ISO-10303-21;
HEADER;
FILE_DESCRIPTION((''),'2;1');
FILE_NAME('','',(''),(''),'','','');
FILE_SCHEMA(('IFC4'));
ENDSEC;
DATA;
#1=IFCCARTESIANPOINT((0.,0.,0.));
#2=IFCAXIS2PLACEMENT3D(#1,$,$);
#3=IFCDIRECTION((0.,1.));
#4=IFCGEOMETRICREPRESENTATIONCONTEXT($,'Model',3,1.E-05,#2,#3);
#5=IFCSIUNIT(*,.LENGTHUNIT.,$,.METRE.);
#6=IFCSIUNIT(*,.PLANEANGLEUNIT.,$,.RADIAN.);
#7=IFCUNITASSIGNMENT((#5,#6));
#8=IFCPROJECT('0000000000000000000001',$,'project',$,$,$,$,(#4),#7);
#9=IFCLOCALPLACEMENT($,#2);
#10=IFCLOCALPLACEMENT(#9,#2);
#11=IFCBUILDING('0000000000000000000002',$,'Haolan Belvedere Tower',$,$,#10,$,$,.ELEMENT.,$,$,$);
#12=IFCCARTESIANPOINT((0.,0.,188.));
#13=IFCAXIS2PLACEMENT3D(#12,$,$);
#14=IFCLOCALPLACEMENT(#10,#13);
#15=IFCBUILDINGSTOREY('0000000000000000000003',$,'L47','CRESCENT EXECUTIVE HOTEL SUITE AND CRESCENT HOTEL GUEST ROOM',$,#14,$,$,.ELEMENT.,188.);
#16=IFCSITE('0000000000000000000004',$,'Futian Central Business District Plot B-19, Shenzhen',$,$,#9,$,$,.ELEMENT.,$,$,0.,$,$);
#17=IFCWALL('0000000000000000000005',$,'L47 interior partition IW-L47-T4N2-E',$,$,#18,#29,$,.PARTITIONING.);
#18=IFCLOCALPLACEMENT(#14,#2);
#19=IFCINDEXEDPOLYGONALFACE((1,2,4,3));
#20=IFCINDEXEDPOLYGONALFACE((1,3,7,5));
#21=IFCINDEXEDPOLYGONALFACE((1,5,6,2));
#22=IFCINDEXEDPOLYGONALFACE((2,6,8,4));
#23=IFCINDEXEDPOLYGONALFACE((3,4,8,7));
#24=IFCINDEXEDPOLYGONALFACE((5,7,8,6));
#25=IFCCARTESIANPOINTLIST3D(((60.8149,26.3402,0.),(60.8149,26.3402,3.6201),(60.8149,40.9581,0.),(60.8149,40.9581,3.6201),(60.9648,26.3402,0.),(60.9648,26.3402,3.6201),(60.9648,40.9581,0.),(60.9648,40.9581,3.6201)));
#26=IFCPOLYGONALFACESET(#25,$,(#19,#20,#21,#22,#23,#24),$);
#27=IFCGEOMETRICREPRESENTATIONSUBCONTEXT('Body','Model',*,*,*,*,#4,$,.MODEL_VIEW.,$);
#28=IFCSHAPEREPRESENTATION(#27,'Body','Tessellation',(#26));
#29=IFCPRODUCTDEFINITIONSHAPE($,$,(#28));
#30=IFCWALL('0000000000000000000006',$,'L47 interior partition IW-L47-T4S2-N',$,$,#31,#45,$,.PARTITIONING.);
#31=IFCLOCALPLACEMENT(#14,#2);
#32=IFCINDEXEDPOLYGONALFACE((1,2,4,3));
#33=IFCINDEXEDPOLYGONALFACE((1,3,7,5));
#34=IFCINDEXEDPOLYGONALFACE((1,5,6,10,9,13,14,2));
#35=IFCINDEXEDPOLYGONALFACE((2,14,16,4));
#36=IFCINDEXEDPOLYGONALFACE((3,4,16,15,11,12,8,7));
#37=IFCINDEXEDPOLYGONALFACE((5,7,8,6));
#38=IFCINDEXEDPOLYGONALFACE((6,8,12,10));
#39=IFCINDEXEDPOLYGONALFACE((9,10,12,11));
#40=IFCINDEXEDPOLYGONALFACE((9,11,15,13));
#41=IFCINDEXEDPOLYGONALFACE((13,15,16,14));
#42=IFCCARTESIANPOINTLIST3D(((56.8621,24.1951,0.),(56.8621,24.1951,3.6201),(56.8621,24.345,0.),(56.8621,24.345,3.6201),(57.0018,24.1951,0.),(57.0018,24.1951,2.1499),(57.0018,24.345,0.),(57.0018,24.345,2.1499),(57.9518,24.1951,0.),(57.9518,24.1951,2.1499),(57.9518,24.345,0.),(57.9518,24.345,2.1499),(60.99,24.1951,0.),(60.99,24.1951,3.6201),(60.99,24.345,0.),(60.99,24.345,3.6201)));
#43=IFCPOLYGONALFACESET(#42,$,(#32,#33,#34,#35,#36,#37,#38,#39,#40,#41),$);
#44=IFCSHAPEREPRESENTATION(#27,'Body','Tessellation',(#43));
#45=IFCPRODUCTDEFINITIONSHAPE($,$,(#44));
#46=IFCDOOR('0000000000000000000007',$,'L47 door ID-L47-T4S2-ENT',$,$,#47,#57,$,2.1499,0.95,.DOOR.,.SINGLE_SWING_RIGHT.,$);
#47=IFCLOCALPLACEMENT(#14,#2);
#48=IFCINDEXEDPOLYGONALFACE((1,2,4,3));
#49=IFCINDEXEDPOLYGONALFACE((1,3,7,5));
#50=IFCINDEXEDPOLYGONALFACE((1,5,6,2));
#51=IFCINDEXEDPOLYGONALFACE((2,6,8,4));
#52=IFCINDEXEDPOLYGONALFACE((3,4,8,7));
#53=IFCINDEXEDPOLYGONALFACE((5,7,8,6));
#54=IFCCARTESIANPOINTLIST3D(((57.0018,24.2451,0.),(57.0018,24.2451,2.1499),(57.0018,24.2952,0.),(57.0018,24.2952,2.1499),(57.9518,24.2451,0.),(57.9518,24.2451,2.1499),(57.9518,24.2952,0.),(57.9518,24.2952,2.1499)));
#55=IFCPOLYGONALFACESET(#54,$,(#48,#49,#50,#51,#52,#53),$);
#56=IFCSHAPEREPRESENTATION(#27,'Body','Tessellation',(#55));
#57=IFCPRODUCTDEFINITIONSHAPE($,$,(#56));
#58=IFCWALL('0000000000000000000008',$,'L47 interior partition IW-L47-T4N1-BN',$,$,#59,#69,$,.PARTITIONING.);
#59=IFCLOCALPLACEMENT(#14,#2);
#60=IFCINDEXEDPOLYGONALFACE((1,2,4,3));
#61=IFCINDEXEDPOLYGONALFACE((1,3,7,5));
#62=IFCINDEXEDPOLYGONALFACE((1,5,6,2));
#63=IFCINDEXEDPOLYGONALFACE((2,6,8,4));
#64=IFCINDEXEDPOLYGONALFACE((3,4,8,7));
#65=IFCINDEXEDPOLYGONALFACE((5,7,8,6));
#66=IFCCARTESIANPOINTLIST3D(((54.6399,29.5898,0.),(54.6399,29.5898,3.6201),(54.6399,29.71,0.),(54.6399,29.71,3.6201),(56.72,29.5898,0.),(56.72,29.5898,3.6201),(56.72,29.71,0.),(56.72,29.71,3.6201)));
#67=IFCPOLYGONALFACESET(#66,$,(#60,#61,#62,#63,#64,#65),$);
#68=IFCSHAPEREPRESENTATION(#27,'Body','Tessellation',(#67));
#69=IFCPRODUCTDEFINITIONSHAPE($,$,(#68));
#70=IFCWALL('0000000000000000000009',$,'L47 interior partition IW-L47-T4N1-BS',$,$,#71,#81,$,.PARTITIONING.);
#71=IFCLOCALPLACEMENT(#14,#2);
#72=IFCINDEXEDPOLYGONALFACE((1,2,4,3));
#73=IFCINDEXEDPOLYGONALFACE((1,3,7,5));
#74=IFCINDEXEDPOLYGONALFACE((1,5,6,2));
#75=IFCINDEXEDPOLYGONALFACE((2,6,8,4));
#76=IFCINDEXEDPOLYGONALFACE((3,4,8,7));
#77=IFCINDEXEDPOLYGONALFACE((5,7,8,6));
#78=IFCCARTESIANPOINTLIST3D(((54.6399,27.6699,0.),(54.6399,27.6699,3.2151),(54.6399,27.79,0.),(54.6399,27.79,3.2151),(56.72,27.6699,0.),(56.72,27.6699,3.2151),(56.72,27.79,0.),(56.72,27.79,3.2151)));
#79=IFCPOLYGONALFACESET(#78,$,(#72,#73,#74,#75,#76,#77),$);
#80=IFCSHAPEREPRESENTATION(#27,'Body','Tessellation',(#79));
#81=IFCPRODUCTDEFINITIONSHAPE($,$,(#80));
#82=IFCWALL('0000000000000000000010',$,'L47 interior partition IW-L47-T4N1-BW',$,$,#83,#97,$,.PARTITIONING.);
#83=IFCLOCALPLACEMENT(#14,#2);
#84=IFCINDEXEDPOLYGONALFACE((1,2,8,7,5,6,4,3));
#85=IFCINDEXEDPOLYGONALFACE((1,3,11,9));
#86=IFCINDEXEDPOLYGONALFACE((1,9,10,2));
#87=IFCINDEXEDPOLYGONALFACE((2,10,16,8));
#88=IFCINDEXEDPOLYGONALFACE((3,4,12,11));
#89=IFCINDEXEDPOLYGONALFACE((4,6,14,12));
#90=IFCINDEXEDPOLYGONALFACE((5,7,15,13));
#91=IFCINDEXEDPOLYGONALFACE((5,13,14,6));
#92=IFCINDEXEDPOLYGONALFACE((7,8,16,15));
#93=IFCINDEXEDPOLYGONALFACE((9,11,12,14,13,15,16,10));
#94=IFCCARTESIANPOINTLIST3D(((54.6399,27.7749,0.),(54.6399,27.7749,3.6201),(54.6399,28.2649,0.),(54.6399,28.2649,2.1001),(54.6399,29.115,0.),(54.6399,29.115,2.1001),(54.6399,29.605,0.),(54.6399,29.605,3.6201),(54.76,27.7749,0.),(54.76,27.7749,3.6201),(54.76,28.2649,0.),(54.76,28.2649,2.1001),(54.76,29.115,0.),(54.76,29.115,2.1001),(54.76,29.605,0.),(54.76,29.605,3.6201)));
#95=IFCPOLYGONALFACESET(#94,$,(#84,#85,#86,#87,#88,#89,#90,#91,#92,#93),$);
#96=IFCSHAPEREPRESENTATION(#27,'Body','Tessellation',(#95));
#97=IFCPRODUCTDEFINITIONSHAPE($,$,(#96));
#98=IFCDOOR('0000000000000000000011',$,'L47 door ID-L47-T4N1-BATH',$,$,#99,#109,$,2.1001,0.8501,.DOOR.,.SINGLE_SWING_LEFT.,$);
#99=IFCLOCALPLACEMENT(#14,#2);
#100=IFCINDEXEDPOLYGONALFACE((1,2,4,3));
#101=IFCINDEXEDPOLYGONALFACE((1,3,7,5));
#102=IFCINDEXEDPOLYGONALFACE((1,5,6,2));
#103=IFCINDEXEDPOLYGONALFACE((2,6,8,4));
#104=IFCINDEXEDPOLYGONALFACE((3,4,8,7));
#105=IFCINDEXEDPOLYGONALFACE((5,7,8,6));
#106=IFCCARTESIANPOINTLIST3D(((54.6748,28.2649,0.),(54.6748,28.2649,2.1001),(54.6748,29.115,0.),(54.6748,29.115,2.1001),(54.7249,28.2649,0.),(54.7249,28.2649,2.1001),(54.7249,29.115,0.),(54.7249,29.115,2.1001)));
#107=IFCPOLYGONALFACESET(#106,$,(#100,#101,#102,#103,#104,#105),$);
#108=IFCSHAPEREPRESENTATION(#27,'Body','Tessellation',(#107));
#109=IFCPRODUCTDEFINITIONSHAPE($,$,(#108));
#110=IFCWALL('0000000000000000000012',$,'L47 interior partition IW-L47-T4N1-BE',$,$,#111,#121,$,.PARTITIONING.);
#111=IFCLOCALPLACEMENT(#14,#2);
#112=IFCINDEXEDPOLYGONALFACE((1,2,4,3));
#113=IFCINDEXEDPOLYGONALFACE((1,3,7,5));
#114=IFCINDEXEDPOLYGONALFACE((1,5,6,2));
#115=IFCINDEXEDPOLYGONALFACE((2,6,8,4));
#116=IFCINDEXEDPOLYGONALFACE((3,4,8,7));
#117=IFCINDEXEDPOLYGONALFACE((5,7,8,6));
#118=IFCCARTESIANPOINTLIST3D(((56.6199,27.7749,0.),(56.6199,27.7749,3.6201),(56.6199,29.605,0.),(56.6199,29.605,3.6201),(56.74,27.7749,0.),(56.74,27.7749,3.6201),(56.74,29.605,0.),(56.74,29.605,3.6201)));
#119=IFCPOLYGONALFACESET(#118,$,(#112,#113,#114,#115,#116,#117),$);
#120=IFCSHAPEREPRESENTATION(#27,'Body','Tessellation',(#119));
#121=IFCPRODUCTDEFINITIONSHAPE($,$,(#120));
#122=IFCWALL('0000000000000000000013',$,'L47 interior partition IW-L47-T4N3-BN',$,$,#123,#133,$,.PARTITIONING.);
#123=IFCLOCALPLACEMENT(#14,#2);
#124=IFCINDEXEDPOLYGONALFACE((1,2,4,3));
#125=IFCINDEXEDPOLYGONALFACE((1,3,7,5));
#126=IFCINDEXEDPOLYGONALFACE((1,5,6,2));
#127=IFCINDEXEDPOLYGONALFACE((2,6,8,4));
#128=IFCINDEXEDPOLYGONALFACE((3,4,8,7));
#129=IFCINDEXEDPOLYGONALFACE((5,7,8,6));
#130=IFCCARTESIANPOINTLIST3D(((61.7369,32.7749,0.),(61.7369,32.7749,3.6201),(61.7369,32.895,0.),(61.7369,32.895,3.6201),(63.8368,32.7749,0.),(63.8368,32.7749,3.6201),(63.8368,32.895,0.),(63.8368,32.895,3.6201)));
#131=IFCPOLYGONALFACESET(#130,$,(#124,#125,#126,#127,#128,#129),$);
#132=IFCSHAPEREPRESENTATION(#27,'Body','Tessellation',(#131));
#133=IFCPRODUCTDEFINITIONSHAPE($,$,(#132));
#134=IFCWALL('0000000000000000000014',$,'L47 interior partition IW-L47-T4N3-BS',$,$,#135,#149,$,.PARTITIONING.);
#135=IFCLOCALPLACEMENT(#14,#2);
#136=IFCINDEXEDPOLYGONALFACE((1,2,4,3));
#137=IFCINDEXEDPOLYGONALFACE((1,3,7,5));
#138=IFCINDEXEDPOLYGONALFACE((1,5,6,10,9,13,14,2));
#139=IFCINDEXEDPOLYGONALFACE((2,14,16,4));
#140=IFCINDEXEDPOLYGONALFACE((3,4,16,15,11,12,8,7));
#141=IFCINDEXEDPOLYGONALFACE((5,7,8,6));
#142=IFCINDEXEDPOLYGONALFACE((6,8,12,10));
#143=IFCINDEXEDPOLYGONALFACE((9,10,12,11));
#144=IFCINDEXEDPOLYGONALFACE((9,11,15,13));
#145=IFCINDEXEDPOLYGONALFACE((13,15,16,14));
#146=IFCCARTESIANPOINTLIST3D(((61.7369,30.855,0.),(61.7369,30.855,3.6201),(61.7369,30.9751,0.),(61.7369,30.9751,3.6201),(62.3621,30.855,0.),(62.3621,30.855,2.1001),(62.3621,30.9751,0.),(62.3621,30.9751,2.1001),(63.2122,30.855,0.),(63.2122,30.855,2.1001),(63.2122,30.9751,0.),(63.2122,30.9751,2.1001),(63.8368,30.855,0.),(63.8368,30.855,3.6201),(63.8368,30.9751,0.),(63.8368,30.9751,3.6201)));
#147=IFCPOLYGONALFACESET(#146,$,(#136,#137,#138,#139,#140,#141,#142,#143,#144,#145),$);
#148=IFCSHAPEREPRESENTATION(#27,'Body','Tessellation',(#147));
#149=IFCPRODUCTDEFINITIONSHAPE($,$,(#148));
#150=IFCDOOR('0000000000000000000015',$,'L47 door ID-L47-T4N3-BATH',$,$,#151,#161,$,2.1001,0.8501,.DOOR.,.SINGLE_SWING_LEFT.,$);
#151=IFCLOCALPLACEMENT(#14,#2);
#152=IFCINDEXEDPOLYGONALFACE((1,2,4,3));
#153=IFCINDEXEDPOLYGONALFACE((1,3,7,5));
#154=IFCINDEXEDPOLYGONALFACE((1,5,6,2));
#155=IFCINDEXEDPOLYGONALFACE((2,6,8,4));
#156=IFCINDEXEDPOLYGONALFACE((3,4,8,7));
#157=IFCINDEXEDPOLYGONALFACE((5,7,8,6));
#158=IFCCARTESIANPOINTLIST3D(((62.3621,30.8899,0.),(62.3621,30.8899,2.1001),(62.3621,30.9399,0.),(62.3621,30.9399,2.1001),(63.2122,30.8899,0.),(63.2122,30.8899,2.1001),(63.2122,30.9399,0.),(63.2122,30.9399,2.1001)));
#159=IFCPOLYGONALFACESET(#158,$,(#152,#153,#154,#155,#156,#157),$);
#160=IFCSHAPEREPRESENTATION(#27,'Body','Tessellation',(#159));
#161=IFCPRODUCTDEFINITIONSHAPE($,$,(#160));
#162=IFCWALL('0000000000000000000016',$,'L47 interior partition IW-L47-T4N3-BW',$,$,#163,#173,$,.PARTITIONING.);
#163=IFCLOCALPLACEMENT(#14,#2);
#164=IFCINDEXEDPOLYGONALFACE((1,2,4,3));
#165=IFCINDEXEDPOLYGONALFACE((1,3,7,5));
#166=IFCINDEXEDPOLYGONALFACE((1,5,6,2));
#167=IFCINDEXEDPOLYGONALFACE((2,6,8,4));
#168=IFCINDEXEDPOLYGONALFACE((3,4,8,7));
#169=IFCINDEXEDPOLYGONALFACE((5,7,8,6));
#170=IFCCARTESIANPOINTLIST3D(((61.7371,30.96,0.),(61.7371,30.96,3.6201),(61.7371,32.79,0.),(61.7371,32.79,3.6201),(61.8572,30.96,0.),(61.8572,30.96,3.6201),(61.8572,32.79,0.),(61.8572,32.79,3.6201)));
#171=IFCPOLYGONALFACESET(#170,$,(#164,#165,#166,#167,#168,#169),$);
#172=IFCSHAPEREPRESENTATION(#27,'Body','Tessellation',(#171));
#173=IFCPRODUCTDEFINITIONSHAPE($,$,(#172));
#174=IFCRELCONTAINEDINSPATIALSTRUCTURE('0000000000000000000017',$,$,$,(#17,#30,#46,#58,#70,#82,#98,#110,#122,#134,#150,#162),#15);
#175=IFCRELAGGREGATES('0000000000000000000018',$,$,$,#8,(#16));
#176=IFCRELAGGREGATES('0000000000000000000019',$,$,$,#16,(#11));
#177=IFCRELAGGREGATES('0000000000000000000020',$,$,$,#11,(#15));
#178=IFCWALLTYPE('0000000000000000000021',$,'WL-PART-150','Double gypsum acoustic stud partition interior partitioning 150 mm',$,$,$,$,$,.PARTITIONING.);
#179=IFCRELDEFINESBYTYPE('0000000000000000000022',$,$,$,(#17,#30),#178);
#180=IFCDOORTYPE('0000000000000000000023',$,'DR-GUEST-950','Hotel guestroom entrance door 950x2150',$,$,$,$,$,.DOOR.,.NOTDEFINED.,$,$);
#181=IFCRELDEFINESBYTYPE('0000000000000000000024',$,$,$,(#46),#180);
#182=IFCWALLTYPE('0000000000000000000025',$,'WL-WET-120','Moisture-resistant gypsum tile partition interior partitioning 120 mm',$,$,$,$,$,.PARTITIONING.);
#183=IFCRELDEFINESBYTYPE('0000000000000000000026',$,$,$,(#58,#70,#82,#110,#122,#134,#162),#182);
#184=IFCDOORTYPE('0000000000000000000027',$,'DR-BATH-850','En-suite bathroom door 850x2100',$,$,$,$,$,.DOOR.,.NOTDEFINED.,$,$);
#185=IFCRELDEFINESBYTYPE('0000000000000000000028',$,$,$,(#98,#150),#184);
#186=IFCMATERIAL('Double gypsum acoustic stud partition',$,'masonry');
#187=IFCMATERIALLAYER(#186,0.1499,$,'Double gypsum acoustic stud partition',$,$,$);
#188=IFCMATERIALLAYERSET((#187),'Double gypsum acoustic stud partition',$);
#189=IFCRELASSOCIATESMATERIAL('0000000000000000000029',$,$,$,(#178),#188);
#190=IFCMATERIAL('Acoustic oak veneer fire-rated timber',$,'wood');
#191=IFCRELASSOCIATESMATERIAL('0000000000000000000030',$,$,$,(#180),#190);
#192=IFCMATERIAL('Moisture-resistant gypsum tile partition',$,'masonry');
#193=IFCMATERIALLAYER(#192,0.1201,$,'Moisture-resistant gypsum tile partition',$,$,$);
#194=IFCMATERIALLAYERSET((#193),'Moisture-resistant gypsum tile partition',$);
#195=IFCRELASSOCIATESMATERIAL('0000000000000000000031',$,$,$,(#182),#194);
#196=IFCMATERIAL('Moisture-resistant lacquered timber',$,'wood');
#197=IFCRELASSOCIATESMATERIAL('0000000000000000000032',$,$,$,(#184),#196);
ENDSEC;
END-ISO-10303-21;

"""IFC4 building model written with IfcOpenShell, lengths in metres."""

from ifc_helpers import new_model, si_unit, direction, frame, frame_2d, origin, place, context, subcontext, project, spatial, rectangle, extrude, material, layer, layer_set, type_object, element, fill, save


model = new_model("IFC4")

# Units and contexts
model_context = context("Model", 3, precision=1e-05, world=origin(), true_north=direction((0.0, 1.0)))
body_context = subcontext(model_context, "Body", "Model", "MODEL_VIEW")
ifc_project = project(units=[si_unit("LENGTHUNIT", "METRE"), si_unit("PLANEANGLEUNIT", "RADIAN")], contexts=[model_context])

# Site, building, storey
site_placement = place(None, origin())
site = spatial("IfcSite", under=ifc_project, at=site_placement, Name="Futian Central Business District Plot B-19, Shenzhen", CompositionType="ELEMENT", RefElevation=0.0)
building_placement = place(site_placement, origin())
building = spatial("IfcBuilding", under=site, at=building_placement, Name="Haolan Belvedere Tower", CompositionType="ELEMENT")
storey_placement = place(building_placement, frame((0.0, 0.0, 188.0)))
storey = spatial("IfcBuildingStorey", under=building, at=storey_placement, Name="L47", Description="CRESCENT EXECUTIVE HOTEL SUITE AND CRESCENT HOTEL GUEST ROOM", CompositionType="ELEMENT", Elevation=188.0)

# Shared definitions
ifc_material_1 = material(Name="Double gypsum acoustic stud partition", Category="masonry")
ifc_layer_1 = layer(ifc_material_1, 0.1499, Name="Double gypsum acoustic stud partition")
ifc_layer_set_1 = layer_set([ifc_layer_1], Name="Double gypsum acoustic stud partition")
wall_type_1 = type_object("IfcWallType", Name="WL-PART-150", Description="Double gypsum acoustic stud partition interior partitioning 150 mm", PredefinedType="PARTITIONING", material=ifc_layer_set_1)

# Wall
wall_1_placement = place(storey_placement, frame((60.8899, 26.3401, 0.0), z_axis=(0.0, 0.0, 1.0), x_axis=(0.0, 1.0, 0.0)))
element("IfcWall", 1, at=wall_1_placement, inside=storey, type_object=wall_type_1, Name="L47 interior partition IW-L47-T4N2-E", PredefinedType="PARTITIONING", context=body_context, shape_type="SweptSolid", body=[
    extrude(rectangle(XDim=14.6179, YDim=0.1499, at=frame_2d((7.3091, 0.0))), origin(), (0.0, 0.0, 1.0), 3.6201),
])

# Wall, opening, door
ifc_material_2 = material(Name="Acoustic oak veneer fire-rated timber", Category="wood")
door_type_1 = type_object("IfcDoorType", Name="DR-GUEST-950", Description="Hotel guestroom entrance door 950x2150", OperationType="NOTDEFINED", PredefinedType="DOOR", material=ifc_material_2)
wall_2_placement = place(storey_placement, frame((56.8621, 24.27, 0.0), z_axis=(0.0, 0.0, 1.0), x_axis=(1.0, 0.0, 0.0)))
wall_2 = element("IfcWall", 2, at=wall_2_placement, inside=storey, type_object=wall_type_1, Name="L47 interior partition IW-L47-T4S2-N", PredefinedType="PARTITIONING", context=body_context, shape_type="SweptSolid", body=[
    extrude(rectangle(XDim=4.1279, YDim=0.1499, at=frame_2d((2.064, 0.0))), origin(), (0.0, 0.0, 1.0), 3.6201),
])
opening_1_placement = place(wall_2_placement, frame((1.0898, 0.0, 0.0), z_axis=(0.0, 0.0, 1.0), x_axis=(-1.0, 0.0, 0.0)))
opening_1 = element("IfcOpeningElement", 3, at=opening_1_placement, cuts=wall_2, PredefinedType="OPENING", context=body_context, shape_type="SweptSolid", body=[
    extrude(rectangle(XDim=0.95, YDim=2.1499, at=frame_2d((0.4751, 1.075))), frame((0.0, 0.085, 0.0), z_axis=(0.0, -1.0, 0.0), x_axis=(1.0, 0.0, 0.0)), (0.0, 0.0, 1.0), 0.1699),
])
door_1_placement = place(opening_1_placement, origin())
door_1 = element("IfcDoor", 4, at=door_1_placement, inside=storey, type_object=door_type_1, Name="L47 door ID-L47-T4S2-ENT", OperationType="SINGLE_SWING_RIGHT", OverallHeight=2.1499, OverallWidth=0.95, PredefinedType="DOOR", context=body_context, shape_type="SweptSolid", body=[
    extrude(rectangle(XDim=0.95, YDim=2.1499, at=frame_2d((0.4751, 1.075))), frame((0.0, 0.0249, 0.0), z_axis=(0.0, -1.0, 0.0), x_axis=(1.0, 0.0, 0.0)), (0.0, 0.0, 1.0), 0.05),
])
fill(opening_1, door_1)

# Walls
ifc_material_3 = material(Name="Moisture-resistant gypsum tile partition", Category="masonry")
ifc_layer_2 = layer(ifc_material_3, 0.1201, Name="Moisture-resistant gypsum tile partition")
ifc_layer_set_2 = layer_set([ifc_layer_2], Name="Moisture-resistant gypsum tile partition")
wall_type_2 = type_object("IfcWallType", Name="WL-WET-120", Description="Moisture-resistant gypsum tile partition interior partitioning 120 mm", PredefinedType="PARTITIONING", material=ifc_layer_set_2)
wall_3_placement = place(storey_placement, frame((54.6399, 29.6499, 0.0), z_axis=(0.0, 0.0, 1.0), x_axis=(1.0, 0.0, 0.0)))
element("IfcWall", 5, at=wall_3_placement, inside=storey, type_object=wall_type_2, Name="L47 interior partition IW-L47-T4N1-BN", PredefinedType="PARTITIONING", context=body_context, shape_type="SweptSolid", body=[
    extrude(rectangle(XDim=2.0801, YDim=0.1201, at=frame_2d((1.04, 0.0))), origin(), (0.0, 0.0, 1.0), 3.6201),
])
wall_4_placement = place(storey_placement, frame((54.6399, 27.73, 0.0), z_axis=(0.0, 0.0, 1.0), x_axis=(1.0, 0.0, 0.0)))
element("IfcWall", 6, at=wall_4_placement, inside=storey, type_object=wall_type_2, Name="L47 interior partition IW-L47-T4N1-BS", PredefinedType="PARTITIONING", context=body_context, shape_type="SweptSolid", body=[
    extrude(rectangle(XDim=2.0801, YDim=0.1201, at=frame_2d((1.04, 0.0))), origin(), (0.0, 0.0, 1.0), 3.2151),
])

# Wall, opening, door
wall_5_placement = place(storey_placement, frame((54.7, 27.7749, 0.0), z_axis=(0.0, 0.0, 1.0), x_axis=(0.0, 1.0, 0.0)))
wall_5 = element("IfcWall", 7, at=wall_5_placement, inside=storey, type_object=wall_type_2, Name="L47 interior partition IW-L47-T4N1-BW", PredefinedType="PARTITIONING", context=body_context, shape_type="SweptSolid", body=[
    extrude(rectangle(XDim=1.8301, YDim=0.1201, at=frame_2d((0.915, 0.0))), origin(), (0.0, 0.0, 1.0), 3.6201),
])
opening_2_placement = place(wall_5_placement, frame((1.3401, 0.0, 0.0), z_axis=(0.0, 0.0, 1.0), x_axis=(-1.0, 0.0, 0.0)))
opening_2 = element("IfcOpeningElement", 8, at=opening_2_placement, cuts=wall_5, PredefinedType="OPENING", context=body_context, shape_type="SweptSolid", body=[
    extrude(rectangle(XDim=0.8501, YDim=2.1001, at=frame_2d((0.425, 1.05))), frame((0.0, 0.0701, 0.0), z_axis=(0.0, -1.0, 0.0), x_axis=(1.0, 0.0, 0.0)), (0.0, 0.0, 1.0), 0.1401),
])
ifc_material_4 = material(Name="Moisture-resistant lacquered timber", Category="wood")
door_type_2 = type_object("IfcDoorType", Name="DR-BATH-850", Description="En-suite bathroom door 850x2100", OperationType="NOTDEFINED", PredefinedType="DOOR", material=ifc_material_4)
door_2_placement = place(opening_2_placement, origin())
door_2 = element("IfcDoor", 9, at=door_2_placement, inside=storey, type_object=door_type_2, Name="L47 door ID-L47-T4N1-BATH", OperationType="SINGLE_SWING_LEFT", OverallHeight=2.1001, OverallWidth=0.8501, PredefinedType="DOOR", context=body_context, shape_type="SweptSolid", body=[
    extrude(rectangle(XDim=0.8501, YDim=2.1001, at=frame_2d((0.425, 1.05))), frame((0.0, 0.0249, 0.0), z_axis=(0.0, -1.0, 0.0), x_axis=(1.0, 0.0, 0.0)), (0.0, 0.0, 1.0), 0.05),
])
fill(opening_2, door_2)

# Walls
wall_6_placement = place(storey_placement, frame((56.6799, 27.7749, 0.0), z_axis=(0.0, 0.0, 1.0), x_axis=(0.0, 1.0, 0.0)))
element("IfcWall", 10, at=wall_6_placement, inside=storey, type_object=wall_type_2, Name="L47 interior partition IW-L47-T4N1-BE", PredefinedType="PARTITIONING", context=body_context, shape_type="SweptSolid", body=[
    extrude(rectangle(XDim=1.8301, YDim=0.1201, at=frame_2d((0.915, 0.0))), origin(), (0.0, 0.0, 1.0), 3.6201),
])
wall_7_placement = place(storey_placement, frame((61.7371, 32.835, 0.0), z_axis=(0.0, 0.0, 1.0), x_axis=(1.0, 0.0, 0.0)))
element("IfcWall", 11, at=wall_7_placement, inside=storey, type_object=wall_type_2, Name="L47 interior partition IW-L47-T4N3-BN", PredefinedType="PARTITIONING", context=body_context, shape_type="SweptSolid", body=[
    extrude(rectangle(XDim=2.0999, YDim=0.1201, at=frame_2d((1.0498, 0.0))), origin(), (0.0, 0.0, 1.0), 3.6201),
])

# Wall, opening, door
wall_8_placement = place(storey_placement, frame((61.7371, 30.915, 0.0), z_axis=(0.0, 0.0, 1.0), x_axis=(1.0, 0.0, 0.0)))
wall_8 = element("IfcWall", 12, at=wall_8_placement, inside=storey, type_object=wall_type_2, Name="L47 interior partition IW-L47-T4N3-BS", PredefinedType="PARTITIONING", context=body_context, shape_type="SweptSolid", body=[
    extrude(rectangle(XDim=2.0999, YDim=0.1201, at=frame_2d((1.0498, 0.0))), origin(), (0.0, 0.0, 1.0), 3.6201),
])
opening_3_placement = place(wall_8_placement, frame((0.625, 0.0, 0.0)))
opening_3 = element("IfcOpeningElement", 13, at=opening_3_placement, cuts=wall_8, PredefinedType="OPENING", context=body_context, shape_type="SweptSolid", body=[
    extrude(rectangle(XDim=0.8501, YDim=2.1001, at=frame_2d((0.425, 1.05))), frame((0.0, 0.0701, 0.0), z_axis=(0.0, -1.0, 0.0), x_axis=(1.0, 0.0, 0.0)), (0.0, 0.0, 1.0), 0.1401),
])
door_3_placement = place(opening_3_placement, origin())
door_3 = element("IfcDoor", 14, at=door_3_placement, inside=storey, type_object=door_type_2, Name="L47 door ID-L47-T4N3-BATH", OperationType="SINGLE_SWING_LEFT", OverallHeight=2.1001, OverallWidth=0.8501, PredefinedType="DOOR", context=body_context, shape_type="SweptSolid", body=[
    extrude(rectangle(XDim=0.8501, YDim=2.1001, at=frame_2d((0.425, 1.05))), frame((0.0, 0.0249, 0.0), z_axis=(0.0, -1.0, 0.0), x_axis=(1.0, 0.0, 0.0)), (0.0, 0.0, 1.0), 0.05),
])
fill(opening_3, door_3)

# Wall
for number, where, z_axis, x_axis, name in (
    (15, (61.7971, 30.96, 0.0), (0.0, 0.0, 1.0), (0.0, 1.0, 0.0), "L47 interior partition IW-L47-T4N3-BW"),
):
    element("IfcWall", number, at=place(storey_placement, frame(where, z_axis=z_axis, x_axis=x_axis)), inside=storey, type_object=wall_type_2, Name=name, PredefinedType="PARTITIONING", context=body_context, shape_type="SweptSolid", body=[
        extrude(rectangle(XDim=1.8301, YDim=0.1201, at=frame_2d((0.915, 0.0))), origin(), (0.0, 0.0, 1.0), 3.6201),
    ])

save(model, "model.ifc")
